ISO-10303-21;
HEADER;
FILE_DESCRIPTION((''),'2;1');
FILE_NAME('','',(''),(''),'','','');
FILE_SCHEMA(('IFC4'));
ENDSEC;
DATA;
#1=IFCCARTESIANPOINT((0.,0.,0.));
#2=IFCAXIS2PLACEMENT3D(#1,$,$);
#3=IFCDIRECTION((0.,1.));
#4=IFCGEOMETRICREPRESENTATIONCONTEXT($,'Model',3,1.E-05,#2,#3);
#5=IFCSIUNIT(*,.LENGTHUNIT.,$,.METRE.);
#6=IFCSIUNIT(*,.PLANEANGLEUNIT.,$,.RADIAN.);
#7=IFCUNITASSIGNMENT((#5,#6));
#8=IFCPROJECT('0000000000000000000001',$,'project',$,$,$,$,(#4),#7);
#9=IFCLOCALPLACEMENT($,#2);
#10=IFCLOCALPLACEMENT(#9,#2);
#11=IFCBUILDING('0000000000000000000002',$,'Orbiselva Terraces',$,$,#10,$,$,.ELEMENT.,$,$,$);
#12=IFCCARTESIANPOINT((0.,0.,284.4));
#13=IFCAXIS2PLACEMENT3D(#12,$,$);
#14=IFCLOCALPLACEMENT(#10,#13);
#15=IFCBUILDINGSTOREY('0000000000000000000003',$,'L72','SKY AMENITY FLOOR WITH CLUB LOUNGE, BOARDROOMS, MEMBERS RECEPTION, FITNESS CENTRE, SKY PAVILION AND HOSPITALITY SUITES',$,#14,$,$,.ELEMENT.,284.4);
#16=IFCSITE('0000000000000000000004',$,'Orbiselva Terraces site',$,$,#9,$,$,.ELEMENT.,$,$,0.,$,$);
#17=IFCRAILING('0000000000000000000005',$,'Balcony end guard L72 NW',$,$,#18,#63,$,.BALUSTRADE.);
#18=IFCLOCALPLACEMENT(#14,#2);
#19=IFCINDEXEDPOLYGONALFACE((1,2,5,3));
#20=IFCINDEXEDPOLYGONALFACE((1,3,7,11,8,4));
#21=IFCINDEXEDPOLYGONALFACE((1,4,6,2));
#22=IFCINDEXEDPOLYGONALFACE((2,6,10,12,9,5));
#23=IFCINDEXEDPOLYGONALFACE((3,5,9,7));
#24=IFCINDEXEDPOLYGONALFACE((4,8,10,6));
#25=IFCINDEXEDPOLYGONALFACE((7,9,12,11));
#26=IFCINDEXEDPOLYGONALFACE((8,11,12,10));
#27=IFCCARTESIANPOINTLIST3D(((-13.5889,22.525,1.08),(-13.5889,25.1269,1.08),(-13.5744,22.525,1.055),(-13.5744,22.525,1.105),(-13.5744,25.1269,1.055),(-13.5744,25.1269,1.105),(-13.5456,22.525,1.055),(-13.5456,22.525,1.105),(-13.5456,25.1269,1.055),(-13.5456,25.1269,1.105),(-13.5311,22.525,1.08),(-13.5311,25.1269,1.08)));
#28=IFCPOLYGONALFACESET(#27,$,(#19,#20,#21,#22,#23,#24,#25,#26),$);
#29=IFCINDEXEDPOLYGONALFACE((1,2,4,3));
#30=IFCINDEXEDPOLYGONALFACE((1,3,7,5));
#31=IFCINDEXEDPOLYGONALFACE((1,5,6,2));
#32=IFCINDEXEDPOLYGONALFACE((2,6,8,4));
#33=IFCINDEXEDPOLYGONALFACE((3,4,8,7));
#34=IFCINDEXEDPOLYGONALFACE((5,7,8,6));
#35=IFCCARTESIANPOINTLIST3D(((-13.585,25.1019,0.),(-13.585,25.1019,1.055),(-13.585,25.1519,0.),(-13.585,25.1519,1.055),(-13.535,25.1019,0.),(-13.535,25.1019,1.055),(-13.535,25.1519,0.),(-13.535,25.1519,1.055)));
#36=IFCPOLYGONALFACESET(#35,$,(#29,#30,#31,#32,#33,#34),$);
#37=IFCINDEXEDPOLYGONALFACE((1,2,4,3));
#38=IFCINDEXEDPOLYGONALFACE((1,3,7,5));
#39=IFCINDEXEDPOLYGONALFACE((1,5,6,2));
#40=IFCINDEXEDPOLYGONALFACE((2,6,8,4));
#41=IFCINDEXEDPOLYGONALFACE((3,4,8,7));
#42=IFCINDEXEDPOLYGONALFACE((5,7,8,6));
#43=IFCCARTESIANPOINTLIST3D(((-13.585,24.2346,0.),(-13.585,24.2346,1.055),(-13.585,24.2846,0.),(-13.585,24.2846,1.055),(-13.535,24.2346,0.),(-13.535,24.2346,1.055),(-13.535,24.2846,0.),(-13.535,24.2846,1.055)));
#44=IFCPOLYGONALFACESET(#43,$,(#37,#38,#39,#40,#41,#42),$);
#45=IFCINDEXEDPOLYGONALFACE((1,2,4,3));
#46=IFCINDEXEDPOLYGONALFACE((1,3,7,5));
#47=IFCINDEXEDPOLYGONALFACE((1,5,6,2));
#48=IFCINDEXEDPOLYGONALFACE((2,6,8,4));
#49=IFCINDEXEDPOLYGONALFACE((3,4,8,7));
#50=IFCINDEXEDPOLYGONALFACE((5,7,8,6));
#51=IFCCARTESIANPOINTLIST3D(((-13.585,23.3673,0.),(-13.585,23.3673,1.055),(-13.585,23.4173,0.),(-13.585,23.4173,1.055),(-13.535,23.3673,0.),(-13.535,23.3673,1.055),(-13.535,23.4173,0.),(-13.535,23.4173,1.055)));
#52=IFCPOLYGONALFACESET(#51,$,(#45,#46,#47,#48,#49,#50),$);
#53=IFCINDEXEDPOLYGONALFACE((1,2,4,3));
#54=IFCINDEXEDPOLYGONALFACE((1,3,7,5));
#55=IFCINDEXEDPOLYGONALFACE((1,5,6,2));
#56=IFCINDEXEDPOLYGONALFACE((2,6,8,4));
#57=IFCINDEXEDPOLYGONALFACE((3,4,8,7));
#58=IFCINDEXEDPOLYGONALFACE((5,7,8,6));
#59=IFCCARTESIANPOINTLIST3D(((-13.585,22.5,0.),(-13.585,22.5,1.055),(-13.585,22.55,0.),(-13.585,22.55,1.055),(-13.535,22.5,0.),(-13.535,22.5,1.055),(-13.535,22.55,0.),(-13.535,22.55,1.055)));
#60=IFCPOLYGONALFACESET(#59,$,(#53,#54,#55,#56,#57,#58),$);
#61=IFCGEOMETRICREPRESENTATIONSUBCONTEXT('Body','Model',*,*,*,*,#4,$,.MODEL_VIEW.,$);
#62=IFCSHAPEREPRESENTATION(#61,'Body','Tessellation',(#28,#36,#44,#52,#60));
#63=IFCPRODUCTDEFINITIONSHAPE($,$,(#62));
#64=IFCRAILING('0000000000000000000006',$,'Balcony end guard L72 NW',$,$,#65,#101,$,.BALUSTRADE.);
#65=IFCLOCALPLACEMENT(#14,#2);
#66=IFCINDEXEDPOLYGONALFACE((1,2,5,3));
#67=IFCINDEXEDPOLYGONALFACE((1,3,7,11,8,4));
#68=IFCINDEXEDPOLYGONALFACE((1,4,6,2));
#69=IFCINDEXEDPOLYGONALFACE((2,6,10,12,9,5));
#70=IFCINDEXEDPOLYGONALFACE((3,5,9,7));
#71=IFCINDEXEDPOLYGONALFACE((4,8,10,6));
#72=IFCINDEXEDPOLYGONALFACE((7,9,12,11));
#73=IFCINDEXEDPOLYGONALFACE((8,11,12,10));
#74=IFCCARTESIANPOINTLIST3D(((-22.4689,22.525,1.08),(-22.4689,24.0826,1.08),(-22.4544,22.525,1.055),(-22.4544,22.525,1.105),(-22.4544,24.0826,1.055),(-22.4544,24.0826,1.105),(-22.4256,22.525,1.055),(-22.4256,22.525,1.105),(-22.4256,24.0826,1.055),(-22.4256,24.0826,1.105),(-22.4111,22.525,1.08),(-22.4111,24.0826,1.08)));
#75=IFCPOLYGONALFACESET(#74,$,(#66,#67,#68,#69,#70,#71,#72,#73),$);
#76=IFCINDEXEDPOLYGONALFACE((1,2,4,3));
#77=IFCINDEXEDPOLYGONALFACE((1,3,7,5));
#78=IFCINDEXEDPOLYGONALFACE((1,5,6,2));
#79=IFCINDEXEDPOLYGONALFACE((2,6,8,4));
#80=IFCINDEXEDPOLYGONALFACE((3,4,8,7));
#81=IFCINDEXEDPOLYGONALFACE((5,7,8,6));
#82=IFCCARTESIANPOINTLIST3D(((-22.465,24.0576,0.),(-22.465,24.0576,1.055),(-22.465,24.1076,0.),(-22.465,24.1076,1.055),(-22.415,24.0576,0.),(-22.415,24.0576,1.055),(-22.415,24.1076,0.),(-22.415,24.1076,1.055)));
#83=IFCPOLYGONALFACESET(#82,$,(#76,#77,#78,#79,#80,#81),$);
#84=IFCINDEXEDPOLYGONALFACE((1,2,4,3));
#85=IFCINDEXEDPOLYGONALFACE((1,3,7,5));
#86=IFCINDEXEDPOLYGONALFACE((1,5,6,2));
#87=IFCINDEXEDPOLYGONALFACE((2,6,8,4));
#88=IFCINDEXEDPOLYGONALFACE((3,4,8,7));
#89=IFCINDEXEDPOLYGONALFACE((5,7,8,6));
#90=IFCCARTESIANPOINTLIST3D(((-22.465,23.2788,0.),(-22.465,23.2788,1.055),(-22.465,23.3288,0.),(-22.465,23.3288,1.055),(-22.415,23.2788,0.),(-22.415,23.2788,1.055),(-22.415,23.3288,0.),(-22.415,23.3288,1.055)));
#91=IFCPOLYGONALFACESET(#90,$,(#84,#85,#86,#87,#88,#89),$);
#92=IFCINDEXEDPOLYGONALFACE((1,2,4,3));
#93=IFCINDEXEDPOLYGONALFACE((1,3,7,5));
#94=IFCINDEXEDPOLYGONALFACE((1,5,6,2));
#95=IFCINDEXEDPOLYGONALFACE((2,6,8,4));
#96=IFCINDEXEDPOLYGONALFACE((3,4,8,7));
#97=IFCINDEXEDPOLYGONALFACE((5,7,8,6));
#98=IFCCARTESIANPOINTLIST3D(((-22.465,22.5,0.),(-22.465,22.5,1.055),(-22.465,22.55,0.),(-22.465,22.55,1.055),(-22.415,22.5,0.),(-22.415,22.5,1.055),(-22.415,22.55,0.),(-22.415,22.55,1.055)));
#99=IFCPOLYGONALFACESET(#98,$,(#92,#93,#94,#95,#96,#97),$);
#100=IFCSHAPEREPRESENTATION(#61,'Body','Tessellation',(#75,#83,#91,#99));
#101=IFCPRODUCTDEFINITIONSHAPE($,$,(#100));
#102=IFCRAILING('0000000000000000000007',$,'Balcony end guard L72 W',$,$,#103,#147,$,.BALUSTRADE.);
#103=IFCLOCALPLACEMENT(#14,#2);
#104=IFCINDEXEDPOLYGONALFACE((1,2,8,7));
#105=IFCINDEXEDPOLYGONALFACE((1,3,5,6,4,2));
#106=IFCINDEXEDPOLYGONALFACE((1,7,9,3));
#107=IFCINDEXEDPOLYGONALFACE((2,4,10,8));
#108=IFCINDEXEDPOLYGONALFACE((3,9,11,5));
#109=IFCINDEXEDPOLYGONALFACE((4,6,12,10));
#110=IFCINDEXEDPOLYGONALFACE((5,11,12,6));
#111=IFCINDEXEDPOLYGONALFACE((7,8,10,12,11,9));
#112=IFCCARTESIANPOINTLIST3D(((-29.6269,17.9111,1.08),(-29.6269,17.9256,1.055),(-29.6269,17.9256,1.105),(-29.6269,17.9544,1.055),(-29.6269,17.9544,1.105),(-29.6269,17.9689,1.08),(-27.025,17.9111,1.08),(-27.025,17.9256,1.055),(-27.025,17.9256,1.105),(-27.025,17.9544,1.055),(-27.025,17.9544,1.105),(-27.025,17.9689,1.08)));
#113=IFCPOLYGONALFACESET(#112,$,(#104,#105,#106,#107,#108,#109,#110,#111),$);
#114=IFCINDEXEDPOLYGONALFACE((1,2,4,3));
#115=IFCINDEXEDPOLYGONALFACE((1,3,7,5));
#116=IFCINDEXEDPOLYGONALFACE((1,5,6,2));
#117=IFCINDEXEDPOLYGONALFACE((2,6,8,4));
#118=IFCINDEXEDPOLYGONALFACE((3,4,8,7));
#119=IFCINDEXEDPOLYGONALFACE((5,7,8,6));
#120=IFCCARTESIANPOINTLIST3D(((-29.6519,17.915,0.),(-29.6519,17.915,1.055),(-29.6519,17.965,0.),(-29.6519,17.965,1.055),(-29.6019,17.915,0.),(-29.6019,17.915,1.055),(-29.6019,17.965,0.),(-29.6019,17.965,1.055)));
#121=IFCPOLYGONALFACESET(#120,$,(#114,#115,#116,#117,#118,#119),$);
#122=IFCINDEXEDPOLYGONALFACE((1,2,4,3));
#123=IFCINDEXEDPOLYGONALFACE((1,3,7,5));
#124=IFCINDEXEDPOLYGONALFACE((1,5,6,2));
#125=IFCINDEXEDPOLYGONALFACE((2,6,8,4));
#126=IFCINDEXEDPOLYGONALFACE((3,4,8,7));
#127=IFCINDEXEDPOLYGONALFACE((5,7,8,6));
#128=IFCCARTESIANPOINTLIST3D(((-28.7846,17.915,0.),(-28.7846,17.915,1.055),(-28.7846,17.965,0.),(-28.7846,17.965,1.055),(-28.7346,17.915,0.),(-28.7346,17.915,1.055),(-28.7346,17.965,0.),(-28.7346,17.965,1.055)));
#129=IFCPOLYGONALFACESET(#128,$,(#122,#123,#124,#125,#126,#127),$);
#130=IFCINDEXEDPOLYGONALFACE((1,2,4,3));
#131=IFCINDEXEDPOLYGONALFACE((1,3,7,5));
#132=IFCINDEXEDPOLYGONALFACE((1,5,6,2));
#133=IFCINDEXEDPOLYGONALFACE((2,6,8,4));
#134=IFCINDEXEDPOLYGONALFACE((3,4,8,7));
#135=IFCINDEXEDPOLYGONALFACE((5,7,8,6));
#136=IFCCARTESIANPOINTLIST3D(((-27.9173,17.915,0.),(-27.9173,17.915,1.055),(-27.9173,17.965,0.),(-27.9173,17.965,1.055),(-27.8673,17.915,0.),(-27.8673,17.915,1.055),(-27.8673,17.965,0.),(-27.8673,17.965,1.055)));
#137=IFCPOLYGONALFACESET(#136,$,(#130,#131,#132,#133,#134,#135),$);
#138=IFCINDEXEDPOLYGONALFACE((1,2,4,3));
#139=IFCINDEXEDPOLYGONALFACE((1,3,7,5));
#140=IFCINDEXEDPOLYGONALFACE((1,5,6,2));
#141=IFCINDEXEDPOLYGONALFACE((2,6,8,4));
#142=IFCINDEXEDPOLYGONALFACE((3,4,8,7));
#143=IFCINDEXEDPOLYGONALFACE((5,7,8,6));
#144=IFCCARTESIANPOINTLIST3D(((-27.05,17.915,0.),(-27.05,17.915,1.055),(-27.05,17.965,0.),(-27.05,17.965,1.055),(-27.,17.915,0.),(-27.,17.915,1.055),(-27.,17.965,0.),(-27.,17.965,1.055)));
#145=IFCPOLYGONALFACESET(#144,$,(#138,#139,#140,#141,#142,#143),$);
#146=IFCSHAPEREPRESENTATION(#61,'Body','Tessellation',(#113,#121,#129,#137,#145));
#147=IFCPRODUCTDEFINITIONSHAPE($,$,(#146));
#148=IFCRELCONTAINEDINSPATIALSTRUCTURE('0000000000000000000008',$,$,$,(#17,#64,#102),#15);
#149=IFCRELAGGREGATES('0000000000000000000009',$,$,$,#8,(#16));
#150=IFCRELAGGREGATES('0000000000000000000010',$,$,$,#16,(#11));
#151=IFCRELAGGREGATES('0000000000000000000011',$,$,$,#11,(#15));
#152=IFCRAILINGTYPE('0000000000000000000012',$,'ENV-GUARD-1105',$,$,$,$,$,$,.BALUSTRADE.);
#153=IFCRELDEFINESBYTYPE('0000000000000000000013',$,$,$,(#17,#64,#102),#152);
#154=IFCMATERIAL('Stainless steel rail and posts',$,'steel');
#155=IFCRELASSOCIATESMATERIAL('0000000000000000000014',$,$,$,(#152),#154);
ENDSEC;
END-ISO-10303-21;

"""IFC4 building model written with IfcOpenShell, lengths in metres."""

from ifc_helpers import new_model, si_unit, direction, frame, origin, origin_2d, place, context, subcontext, project, spatial, polyline, rectangle, outline, extrude, material, type_object, element, save


model = new_model("IFC4")

# Units and contexts
model_context = context("Model", 3, precision=1e-05, world=origin(), true_north=direction((0.0, 1.0)))
body_context = subcontext(model_context, "Body", "Model", "MODEL_VIEW")
ifc_project = project(units=[si_unit("LENGTHUNIT", "METRE"), si_unit("PLANEANGLEUNIT", "RADIAN")], contexts=[model_context])

# Site, building, storey
site_placement = place(None, origin())
site = spatial("IfcSite", under=ifc_project, at=site_placement, Name="Orbiselva Terraces site", CompositionType="ELEMENT", RefElevation=0.0)
building_placement = place(site_placement, origin())
building = spatial("IfcBuilding", under=site, at=building_placement, Name="Orbiselva Terraces", CompositionType="ELEMENT")
storey_placement = place(building_placement, frame((0.0, 0.0, 284.4)))
storey = spatial("IfcBuildingStorey", under=building, at=storey_placement, Name="L72", Description="SKY AMENITY FLOOR WITH CLUB LOUNGE, BOARDROOMS, MEMBERS RECEPTION, FITNESS CENTRE, SKY PAVILION AND HOSPITALITY SUITES", CompositionType="ELEMENT", Elevation=284.4)

# Railings
ifc_material_1 = material(Name="Stainless steel rail and posts", Category="steel")
railing_type_1 = type_object("IfcRailingType", Name="ENV-GUARD-1105", PredefinedType="BALUSTRADE", material=ifc_material_1)
railing_1_placement = place(storey_placement, frame((-13.56, 25.1269, 0.0)))
element("IfcRailing", 1, at=railing_1_placement, inside=storey, type_object=railing_type_1, Name="Balcony end guard L72 NW", PredefinedType="BALUSTRADE", context=body_context, shape_type="SweptSolid", body=[
    extrude(outline(polyline([(0.0289, 0.0), (0.0144, 0.025), (-0.0144, 0.025), (-0.0289, 0.0), (-0.0144, -0.025), (0.0144, -0.025), (0.0289, 0.0)])), frame((0.0, 0.0, 1.08), z_axis=(0.0, -1.0, 0.0), x_axis=(1.0, 0.0, 0.0)), (0.0, 0.0, 1.0), 2.6019),
    extrude(rectangle(XDim=0.05, YDim=0.05, at=origin_2d()), origin(), (0.0, 0.0, 1.0), 1.055),
    extrude(rectangle(XDim=0.05, YDim=0.05, at=origin_2d()), frame((0.0, -0.8673, 0.0)), (0.0, 0.0, 1.0), 1.055),
    extrude(rectangle(XDim=0.05, YDim=0.05, at=origin_2d()), frame((0.0, -1.7346, 0.0)), (0.0, 0.0, 1.0), 1.055),
    extrude(rectangle(XDim=0.05, YDim=0.05, at=origin_2d()), frame((0.0, -2.6019, 0.0)), (0.0, 0.0, 1.0), 1.055),
])
railing_2_placement = place(storey_placement, frame((-22.44, 24.0826, 0.0)))
element("IfcRailing", 2, at=railing_2_placement, inside=storey, type_object=railing_type_1, Name="Balcony end guard L72 NW", PredefinedType="BALUSTRADE", context=body_context, shape_type="SweptSolid", body=[
    extrude(outline(polyline([(0.0289, 0.0), (0.0144, 0.025), (-0.0144, 0.025), (-0.0289, 0.0), (-0.0144, -0.025), (0.0144, -0.025), (0.0289, 0.0)])), frame((0.0, 0.0, 1.08), z_axis=(0.0, -1.0, 0.0), x_axis=(1.0, 0.0, 0.0)), (0.0, 0.0, 1.0), 1.5576),
    extrude(rectangle(XDim=0.05, YDim=0.05, at=origin_2d()), origin(), (0.0, 0.0, 1.0), 1.055),
    extrude(rectangle(XDim=0.05, YDim=0.05, at=origin_2d()), frame((0.0, -0.7788, 0.0)), (0.0, 0.0, 1.0), 1.055),
    extrude(rectangle(XDim=0.05, YDim=0.05, at=origin_2d()), frame((0.0, -1.5576, 0.0)), (0.0, 0.0, 1.0), 1.055),
])
railing_3_placement = place(storey_placement, frame((-29.6269, 17.94, 0.0)))
element("IfcRailing", 3, at=railing_3_placement, inside=storey, type_object=railing_type_1, Name="Balcony end guard L72 W", PredefinedType="BALUSTRADE", context=body_context, shape_type="SweptSolid", body=[
    extrude(outline(polyline([(0.0289, 0.0), (0.0144, 0.025), (-0.0144, 0.025), (-0.0289, 0.0), (-0.0144, -0.025), (0.0144, -0.025), (0.0289, 0.0)])), frame((0.0, 0.0, 1.08), z_axis=(1.0, 0.0, 0.0), x_axis=(0.0, 1.0, 0.0)), (0.0, 0.0, 1.0), 2.6019),
    extrude(rectangle(XDim=0.05, YDim=0.05, at=origin_2d()), origin(), (0.0, 0.0, 1.0), 1.055),
    extrude(rectangle(XDim=0.05, YDim=0.05, at=origin_2d()), frame((0.8673, 0.0, 0.0)), (0.0, 0.0, 1.0), 1.055),
    extrude(rectangle(XDim=0.05, YDim=0.05, at=origin_2d()), frame((1.7346, 0.0, 0.0)), (0.0, 0.0, 1.0), 1.055),
    extrude(rectangle(XDim=0.05, YDim=0.05, at=origin_2d()), frame((2.6019, 0.0, 0.0)), (0.0, 0.0, 1.0), 1.055),
])

save(model, "model.ifc")
